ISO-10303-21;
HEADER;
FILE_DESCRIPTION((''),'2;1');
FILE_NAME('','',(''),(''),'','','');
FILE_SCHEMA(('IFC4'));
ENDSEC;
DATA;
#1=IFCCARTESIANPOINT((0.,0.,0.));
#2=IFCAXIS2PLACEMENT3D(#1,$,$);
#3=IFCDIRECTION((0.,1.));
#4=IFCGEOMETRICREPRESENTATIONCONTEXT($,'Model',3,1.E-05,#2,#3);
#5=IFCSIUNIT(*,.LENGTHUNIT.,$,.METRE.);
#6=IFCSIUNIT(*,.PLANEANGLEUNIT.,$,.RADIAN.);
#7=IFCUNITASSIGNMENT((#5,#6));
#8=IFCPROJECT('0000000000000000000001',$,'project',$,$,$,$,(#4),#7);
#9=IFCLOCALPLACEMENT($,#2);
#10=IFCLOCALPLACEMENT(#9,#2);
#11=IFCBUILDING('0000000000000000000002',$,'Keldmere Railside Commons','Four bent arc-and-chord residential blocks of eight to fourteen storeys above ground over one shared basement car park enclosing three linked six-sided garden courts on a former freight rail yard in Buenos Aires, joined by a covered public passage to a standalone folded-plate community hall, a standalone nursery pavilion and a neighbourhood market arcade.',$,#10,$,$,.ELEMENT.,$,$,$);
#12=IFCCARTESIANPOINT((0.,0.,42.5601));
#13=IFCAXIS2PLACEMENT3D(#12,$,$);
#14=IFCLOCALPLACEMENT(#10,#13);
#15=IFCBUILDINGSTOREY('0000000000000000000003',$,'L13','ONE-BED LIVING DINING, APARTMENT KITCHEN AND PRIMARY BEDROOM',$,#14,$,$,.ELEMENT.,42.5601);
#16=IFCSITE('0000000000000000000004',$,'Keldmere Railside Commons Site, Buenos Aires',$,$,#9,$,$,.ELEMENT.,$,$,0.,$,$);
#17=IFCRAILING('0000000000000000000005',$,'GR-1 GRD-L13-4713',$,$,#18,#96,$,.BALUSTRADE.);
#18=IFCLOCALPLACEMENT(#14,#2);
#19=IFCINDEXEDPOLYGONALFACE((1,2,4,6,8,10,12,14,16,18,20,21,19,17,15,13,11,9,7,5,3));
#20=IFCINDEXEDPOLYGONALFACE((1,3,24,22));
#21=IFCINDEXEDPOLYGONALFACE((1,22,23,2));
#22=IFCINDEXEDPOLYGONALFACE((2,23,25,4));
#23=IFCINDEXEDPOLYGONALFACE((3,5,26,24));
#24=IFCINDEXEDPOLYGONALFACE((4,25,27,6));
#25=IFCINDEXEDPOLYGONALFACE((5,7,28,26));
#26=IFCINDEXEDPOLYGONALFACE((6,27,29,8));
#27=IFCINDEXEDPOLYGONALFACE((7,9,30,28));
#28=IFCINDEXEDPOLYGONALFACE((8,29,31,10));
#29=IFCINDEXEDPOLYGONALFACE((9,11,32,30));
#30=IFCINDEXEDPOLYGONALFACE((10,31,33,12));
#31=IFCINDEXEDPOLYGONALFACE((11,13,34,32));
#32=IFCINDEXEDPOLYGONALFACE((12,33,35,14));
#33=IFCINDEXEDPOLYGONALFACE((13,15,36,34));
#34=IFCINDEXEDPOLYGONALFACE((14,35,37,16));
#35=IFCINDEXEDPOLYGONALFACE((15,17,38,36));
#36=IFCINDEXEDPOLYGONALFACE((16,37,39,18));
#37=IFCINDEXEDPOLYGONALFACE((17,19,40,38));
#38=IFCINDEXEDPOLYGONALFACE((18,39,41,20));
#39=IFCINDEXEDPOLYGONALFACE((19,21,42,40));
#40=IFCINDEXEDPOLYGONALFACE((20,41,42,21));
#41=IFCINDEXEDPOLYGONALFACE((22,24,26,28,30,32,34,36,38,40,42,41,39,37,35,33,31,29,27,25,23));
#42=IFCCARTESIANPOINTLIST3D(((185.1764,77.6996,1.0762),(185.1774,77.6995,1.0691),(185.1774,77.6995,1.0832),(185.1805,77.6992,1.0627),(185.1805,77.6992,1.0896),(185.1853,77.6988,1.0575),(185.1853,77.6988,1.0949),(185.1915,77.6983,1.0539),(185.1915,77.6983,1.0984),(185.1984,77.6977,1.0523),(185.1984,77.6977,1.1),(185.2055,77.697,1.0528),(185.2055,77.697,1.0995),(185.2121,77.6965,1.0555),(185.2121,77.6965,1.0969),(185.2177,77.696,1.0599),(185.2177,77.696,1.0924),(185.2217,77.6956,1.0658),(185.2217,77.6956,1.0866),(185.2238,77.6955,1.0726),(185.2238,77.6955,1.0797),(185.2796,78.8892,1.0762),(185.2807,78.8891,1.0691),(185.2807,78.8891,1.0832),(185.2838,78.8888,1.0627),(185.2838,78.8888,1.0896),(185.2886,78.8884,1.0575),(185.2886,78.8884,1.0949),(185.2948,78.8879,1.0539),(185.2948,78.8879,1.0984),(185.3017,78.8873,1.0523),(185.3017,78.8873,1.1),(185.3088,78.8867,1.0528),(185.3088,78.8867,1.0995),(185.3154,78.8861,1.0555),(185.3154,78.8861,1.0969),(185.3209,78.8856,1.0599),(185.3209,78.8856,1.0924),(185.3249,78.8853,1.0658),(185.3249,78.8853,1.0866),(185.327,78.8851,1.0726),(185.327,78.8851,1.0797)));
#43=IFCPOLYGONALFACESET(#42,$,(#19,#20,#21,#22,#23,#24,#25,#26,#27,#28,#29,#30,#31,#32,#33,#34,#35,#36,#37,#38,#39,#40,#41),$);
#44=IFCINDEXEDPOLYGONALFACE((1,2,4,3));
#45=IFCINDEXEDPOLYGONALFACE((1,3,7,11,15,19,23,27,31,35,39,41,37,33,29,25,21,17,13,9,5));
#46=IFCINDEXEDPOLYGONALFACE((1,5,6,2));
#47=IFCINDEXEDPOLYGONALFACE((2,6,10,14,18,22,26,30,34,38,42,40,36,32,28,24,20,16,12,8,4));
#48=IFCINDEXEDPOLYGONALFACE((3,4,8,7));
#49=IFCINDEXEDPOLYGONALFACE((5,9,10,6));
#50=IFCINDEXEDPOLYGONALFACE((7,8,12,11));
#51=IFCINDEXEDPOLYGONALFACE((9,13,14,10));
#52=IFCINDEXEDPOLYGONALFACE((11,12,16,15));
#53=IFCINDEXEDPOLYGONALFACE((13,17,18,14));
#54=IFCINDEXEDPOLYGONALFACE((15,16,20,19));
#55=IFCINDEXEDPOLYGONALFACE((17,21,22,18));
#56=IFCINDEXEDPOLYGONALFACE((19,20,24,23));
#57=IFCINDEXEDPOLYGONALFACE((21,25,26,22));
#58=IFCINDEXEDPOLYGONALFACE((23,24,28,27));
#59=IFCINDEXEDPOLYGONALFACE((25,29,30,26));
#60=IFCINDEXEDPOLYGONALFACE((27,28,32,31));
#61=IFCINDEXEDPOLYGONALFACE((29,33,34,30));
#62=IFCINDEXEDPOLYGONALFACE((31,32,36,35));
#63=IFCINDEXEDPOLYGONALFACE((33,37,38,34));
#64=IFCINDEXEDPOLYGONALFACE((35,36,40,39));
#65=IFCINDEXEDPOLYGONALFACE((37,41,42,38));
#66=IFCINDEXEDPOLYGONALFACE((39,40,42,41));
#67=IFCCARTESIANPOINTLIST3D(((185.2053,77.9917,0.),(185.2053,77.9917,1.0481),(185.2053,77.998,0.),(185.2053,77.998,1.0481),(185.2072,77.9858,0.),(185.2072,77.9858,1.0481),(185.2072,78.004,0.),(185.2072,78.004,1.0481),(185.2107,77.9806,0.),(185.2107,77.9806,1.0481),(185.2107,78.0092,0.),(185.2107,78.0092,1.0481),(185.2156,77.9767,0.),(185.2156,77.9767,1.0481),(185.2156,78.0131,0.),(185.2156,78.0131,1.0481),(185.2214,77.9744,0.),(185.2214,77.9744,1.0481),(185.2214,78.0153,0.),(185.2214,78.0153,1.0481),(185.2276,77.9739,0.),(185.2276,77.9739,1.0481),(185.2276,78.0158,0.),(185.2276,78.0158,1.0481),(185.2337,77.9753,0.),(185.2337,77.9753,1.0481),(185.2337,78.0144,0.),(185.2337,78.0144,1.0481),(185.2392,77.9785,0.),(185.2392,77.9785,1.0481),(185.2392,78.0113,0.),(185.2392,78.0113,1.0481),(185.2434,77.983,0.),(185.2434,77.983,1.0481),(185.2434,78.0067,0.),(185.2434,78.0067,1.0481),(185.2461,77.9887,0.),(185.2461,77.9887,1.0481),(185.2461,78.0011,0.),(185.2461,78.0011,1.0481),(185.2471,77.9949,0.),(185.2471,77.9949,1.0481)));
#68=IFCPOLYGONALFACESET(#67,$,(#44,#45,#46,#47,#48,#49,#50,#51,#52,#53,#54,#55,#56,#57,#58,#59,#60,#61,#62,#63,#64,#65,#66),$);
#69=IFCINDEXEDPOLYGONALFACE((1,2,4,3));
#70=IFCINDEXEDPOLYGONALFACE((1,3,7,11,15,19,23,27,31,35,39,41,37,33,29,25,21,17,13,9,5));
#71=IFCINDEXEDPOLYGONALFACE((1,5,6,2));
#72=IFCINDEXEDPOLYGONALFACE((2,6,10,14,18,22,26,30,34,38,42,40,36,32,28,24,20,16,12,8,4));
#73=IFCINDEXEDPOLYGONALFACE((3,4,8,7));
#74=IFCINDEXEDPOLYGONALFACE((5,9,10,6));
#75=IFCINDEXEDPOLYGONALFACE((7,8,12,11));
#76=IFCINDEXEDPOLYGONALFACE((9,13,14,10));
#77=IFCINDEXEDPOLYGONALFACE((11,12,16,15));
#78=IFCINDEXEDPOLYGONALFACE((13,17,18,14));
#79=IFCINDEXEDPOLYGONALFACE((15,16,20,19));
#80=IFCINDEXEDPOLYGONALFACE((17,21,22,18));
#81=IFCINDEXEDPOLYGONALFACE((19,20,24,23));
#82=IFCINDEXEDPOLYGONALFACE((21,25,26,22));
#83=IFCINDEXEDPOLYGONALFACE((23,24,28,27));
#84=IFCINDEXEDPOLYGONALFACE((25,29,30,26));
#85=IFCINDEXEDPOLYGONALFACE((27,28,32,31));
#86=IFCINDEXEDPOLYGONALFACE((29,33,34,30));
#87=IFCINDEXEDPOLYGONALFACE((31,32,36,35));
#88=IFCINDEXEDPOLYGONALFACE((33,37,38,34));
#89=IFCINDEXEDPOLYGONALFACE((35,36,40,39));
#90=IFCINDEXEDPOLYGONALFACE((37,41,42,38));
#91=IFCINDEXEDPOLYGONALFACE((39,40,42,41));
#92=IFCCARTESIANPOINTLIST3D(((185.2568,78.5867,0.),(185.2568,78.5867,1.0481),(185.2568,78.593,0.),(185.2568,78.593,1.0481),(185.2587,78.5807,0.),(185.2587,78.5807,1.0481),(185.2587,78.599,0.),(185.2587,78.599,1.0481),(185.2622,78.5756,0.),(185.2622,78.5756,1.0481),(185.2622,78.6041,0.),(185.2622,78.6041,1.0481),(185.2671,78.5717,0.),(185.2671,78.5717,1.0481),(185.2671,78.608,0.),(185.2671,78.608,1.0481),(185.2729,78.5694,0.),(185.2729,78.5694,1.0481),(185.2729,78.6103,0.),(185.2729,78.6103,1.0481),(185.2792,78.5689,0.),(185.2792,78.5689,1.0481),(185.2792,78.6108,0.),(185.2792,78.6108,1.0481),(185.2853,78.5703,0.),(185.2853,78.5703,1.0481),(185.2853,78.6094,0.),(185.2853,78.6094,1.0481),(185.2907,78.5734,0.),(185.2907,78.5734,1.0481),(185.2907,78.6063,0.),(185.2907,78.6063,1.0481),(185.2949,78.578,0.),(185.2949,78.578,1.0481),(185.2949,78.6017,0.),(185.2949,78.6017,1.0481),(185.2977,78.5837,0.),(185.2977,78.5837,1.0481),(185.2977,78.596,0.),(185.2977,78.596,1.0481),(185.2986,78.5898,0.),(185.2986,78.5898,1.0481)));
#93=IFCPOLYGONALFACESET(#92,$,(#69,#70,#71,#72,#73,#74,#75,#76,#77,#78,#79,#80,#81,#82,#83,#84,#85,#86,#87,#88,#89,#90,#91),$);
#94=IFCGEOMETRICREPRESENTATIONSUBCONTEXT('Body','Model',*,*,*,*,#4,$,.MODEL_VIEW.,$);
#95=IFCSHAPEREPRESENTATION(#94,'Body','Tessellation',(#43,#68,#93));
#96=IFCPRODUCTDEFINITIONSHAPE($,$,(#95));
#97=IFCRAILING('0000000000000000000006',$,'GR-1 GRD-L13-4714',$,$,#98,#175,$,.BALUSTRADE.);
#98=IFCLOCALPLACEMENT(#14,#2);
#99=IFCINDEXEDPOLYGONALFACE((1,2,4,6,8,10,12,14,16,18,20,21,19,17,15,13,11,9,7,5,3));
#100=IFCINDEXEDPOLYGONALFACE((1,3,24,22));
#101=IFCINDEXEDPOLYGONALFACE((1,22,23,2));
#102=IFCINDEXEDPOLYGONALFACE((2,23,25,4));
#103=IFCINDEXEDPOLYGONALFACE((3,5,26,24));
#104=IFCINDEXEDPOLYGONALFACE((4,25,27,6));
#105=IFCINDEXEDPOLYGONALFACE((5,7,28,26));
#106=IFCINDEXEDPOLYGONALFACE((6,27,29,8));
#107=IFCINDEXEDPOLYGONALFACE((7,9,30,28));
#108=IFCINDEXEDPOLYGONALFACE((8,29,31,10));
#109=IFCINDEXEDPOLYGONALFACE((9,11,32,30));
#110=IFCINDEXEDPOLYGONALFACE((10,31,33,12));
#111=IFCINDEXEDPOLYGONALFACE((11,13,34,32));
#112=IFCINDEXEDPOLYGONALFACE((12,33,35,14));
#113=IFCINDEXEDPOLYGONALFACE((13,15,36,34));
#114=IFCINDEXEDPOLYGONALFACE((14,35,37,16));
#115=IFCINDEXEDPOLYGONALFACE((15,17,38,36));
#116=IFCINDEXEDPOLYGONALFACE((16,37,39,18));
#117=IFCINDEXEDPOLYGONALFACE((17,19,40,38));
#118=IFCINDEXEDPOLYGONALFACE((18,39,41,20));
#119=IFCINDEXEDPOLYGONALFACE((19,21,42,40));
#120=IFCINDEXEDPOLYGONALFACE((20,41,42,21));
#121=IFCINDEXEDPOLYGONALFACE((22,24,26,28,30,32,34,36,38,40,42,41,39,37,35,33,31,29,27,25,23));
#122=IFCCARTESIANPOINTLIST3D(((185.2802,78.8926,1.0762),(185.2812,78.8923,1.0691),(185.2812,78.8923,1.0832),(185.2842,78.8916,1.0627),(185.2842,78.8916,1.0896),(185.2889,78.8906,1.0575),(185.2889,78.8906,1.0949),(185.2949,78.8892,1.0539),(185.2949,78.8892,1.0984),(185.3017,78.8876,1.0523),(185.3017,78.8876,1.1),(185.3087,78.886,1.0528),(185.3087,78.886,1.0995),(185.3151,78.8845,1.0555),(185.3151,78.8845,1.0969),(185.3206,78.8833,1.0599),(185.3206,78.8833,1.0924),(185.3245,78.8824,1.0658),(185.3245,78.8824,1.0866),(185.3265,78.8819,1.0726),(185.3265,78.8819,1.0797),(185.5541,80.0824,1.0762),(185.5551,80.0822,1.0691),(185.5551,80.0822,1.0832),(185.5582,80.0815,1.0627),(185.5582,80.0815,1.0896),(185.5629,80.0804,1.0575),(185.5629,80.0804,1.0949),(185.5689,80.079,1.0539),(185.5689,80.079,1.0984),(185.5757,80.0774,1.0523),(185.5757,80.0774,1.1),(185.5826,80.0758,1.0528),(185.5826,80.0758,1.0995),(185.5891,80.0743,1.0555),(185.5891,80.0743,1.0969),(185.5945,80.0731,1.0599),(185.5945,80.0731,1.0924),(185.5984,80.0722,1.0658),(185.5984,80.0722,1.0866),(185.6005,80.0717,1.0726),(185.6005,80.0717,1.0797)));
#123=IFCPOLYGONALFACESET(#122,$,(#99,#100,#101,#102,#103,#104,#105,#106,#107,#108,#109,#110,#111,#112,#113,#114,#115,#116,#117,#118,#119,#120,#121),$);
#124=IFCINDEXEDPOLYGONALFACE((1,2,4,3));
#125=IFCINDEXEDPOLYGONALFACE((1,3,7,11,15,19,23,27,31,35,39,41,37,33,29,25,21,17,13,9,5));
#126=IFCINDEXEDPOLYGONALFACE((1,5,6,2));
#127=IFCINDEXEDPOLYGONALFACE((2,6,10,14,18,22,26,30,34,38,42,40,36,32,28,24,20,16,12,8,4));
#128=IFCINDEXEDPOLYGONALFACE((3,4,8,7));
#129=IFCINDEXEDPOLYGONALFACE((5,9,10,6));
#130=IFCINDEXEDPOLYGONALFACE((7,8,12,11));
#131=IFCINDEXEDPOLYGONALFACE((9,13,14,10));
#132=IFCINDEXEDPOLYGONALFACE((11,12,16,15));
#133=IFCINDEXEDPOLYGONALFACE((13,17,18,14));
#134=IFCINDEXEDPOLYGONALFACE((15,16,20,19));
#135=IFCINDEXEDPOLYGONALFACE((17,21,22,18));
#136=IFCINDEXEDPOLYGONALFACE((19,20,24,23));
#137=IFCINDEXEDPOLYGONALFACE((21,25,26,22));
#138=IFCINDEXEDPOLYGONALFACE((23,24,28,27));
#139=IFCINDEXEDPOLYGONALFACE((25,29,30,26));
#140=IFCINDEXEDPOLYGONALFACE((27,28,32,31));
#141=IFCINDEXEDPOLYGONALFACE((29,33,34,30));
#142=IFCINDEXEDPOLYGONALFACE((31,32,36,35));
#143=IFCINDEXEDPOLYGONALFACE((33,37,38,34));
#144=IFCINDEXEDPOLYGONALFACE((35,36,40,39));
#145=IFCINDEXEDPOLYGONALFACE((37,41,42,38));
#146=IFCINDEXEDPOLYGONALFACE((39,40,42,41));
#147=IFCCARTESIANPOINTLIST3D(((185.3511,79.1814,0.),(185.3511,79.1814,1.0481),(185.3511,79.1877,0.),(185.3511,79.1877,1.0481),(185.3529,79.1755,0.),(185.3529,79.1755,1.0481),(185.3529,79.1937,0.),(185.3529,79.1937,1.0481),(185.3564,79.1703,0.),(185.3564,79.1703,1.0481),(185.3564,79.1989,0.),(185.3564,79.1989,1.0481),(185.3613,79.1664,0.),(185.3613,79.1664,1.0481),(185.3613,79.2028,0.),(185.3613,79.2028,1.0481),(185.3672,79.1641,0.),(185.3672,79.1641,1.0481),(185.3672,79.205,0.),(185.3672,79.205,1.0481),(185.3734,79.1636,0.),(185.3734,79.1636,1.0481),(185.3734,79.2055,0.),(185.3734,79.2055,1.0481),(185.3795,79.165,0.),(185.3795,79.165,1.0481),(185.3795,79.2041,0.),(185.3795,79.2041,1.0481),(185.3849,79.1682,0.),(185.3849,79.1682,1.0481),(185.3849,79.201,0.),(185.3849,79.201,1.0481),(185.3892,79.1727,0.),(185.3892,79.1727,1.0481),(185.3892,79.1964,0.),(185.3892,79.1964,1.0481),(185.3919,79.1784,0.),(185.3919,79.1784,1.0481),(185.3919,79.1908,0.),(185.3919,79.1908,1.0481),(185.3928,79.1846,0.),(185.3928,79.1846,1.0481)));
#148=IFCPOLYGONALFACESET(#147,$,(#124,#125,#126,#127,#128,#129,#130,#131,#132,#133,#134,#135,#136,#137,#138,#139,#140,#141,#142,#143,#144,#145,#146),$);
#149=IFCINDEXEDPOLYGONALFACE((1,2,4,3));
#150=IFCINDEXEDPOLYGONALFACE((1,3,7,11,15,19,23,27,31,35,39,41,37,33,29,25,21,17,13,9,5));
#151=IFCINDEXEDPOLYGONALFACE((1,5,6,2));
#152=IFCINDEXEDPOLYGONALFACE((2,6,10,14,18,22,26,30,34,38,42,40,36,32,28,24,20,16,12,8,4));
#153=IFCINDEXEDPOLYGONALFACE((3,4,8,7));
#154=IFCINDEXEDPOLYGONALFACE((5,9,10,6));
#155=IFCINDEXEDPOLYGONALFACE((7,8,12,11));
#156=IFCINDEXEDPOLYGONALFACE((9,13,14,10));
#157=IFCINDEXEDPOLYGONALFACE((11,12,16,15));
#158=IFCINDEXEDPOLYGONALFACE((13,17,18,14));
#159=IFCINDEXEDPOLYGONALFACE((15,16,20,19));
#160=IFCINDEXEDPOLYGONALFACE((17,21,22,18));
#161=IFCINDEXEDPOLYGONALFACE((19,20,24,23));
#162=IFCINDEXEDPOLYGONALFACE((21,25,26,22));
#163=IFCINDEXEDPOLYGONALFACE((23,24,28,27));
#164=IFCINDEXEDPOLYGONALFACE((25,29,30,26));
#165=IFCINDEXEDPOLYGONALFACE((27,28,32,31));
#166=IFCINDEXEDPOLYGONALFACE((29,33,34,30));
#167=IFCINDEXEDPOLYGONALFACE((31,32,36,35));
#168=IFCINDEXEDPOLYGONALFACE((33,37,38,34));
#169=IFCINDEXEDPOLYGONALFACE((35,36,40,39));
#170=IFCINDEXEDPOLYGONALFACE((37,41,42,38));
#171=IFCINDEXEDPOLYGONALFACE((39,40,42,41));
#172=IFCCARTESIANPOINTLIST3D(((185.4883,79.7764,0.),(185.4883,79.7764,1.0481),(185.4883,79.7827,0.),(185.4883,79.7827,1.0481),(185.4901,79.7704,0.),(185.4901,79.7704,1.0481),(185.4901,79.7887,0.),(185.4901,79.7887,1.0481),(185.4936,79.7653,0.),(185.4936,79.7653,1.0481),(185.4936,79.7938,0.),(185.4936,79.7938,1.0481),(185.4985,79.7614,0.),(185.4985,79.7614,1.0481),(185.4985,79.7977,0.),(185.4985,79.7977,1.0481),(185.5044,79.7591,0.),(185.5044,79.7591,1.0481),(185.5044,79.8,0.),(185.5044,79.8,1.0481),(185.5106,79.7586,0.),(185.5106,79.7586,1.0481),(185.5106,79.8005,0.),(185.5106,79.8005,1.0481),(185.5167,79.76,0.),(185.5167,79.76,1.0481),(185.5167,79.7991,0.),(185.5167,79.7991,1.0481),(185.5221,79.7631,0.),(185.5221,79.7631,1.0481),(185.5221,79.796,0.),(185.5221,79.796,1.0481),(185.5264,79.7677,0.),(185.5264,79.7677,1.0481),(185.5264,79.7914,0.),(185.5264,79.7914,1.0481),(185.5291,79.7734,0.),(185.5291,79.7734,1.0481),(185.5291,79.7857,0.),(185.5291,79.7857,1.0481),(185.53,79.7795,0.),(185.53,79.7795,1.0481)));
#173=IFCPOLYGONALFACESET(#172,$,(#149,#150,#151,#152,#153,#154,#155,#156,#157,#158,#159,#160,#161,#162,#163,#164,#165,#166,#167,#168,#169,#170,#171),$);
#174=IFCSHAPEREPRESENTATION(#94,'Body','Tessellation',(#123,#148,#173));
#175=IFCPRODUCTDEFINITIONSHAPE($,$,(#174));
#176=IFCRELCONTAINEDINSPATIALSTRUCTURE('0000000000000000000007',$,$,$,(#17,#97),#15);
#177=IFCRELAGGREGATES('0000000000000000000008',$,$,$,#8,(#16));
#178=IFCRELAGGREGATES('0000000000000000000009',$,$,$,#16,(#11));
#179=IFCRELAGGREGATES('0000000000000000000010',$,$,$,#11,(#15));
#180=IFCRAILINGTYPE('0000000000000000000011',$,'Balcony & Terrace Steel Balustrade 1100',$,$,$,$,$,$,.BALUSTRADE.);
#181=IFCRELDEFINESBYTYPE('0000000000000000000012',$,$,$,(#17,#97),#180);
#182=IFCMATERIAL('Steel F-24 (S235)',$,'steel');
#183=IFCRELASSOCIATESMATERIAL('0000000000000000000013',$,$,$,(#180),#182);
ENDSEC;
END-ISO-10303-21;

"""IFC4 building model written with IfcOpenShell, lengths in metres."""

from ifc_helpers import new_model, si_unit, direction, frame, origin, origin_2d, place, context, subcontext, project, spatial, circle, extrude, material, type_object, element, save


model = new_model("IFC4")

# Units and contexts
model_context = context("Model", 3, precision=1e-05, world=origin(), true_north=direction((0.0, 1.0)))
body_context = subcontext(model_context, "Body", "Model", "MODEL_VIEW")
ifc_project = project(units=[si_unit("LENGTHUNIT", "METRE"), si_unit("PLANEANGLEUNIT", "RADIAN")], contexts=[model_context])

# Site, building, storey
site_placement = place(None, origin())
site = spatial("IfcSite", under=ifc_project, at=site_placement, Name="Keldmere Railside Commons Site, Buenos Aires", CompositionType="ELEMENT", RefElevation=0.0)
building_placement = place(site_placement, origin())
building = spatial("IfcBuilding", under=site, at=building_placement, Name="Keldmere Railside Commons", Description="Four bent arc-and-chord residential blocks of eight to fourteen storeys above ground over one shared basement car park enclosing three linked six-sided garden courts on a former freight rail yard in Buenos Aires, joined by a covered public passage to a standalone folded-plate community hall, a standalone nursery pavilion and a neighbourhood market arcade.", CompositionType="ELEMENT")
storey_placement = place(building_placement, frame((0.0, 0.0, 42.5601)))
storey = spatial("IfcBuildingStorey", under=building, at=storey_placement, Name="L13", Description="ONE-BED LIVING DINING, APARTMENT KITCHEN AND PRIMARY BEDROOM", CompositionType="ELEMENT", Elevation=42.5601)

# Railings
ifc_material_1 = material(Name="Steel F-24 (S235)", Category="steel")
railing_type = type_object("IfcRailingType", Name="Balcony & Terrace Steel Balustrade 1100", PredefinedType="BALUSTRADE", material=ifc_material_1)
railing_1_placement = place(storey_placement, frame((185.2002, 77.6975, 0.0)))
element("IfcRailing", 1, at=railing_1_placement, inside=storey, type_object=railing_type, Name="GR-1 GRD-L13-4713", PredefinedType="BALUSTRADE", context=body_context, shape_type="SweptSolid", body=[
    extrude(circle(Radius=0.0239, at=origin_2d()), frame((0.0, 0.0, 1.0762), z_axis=(0.08648, 0.996254, 0.0), x_axis=(-0.996254, 0.08648, 0.0)), (0.0, 0.0, 1.0), 1.1941),
    extrude(circle(Radius=0.021, at=origin_2d()), frame((0.0259, 0.2974, 0.0)), (0.0, 0.0, 1.0), 1.0481),
    extrude(circle(Radius=0.021, at=origin_2d()), frame((0.0774, 0.8923, 0.0)), (0.0, 0.0, 1.0), 1.0481),
])
railing_2_placement = place(storey_placement, frame((185.3035, 78.8872, 0.0)))
element("IfcRailing", 2, at=railing_2_placement, inside=storey, type_object=railing_type, Name="GR-1 GRD-L13-4714", PredefinedType="BALUSTRADE", context=body_context, shape_type="SweptSolid", body=[
    extrude(circle(Radius=0.0239, at=origin_2d()), frame((0.0, 0.0, 1.0762), z_axis=(0.224378, 0.974502, 0.0), x_axis=(-0.974502, 0.224378, 0.0)), (0.0, 0.0, 1.0), 1.2209),
    extrude(circle(Radius=0.021, at=origin_2d()), frame((0.0684, 0.2974, 0.0)), (0.0, 0.0, 1.0), 1.0481),
    extrude(circle(Radius=0.021, at=origin_2d()), frame((0.2056, 0.8923, 0.0)), (0.0, 0.0, 1.0), 1.0481),
])

save(model, "model.ifc")
